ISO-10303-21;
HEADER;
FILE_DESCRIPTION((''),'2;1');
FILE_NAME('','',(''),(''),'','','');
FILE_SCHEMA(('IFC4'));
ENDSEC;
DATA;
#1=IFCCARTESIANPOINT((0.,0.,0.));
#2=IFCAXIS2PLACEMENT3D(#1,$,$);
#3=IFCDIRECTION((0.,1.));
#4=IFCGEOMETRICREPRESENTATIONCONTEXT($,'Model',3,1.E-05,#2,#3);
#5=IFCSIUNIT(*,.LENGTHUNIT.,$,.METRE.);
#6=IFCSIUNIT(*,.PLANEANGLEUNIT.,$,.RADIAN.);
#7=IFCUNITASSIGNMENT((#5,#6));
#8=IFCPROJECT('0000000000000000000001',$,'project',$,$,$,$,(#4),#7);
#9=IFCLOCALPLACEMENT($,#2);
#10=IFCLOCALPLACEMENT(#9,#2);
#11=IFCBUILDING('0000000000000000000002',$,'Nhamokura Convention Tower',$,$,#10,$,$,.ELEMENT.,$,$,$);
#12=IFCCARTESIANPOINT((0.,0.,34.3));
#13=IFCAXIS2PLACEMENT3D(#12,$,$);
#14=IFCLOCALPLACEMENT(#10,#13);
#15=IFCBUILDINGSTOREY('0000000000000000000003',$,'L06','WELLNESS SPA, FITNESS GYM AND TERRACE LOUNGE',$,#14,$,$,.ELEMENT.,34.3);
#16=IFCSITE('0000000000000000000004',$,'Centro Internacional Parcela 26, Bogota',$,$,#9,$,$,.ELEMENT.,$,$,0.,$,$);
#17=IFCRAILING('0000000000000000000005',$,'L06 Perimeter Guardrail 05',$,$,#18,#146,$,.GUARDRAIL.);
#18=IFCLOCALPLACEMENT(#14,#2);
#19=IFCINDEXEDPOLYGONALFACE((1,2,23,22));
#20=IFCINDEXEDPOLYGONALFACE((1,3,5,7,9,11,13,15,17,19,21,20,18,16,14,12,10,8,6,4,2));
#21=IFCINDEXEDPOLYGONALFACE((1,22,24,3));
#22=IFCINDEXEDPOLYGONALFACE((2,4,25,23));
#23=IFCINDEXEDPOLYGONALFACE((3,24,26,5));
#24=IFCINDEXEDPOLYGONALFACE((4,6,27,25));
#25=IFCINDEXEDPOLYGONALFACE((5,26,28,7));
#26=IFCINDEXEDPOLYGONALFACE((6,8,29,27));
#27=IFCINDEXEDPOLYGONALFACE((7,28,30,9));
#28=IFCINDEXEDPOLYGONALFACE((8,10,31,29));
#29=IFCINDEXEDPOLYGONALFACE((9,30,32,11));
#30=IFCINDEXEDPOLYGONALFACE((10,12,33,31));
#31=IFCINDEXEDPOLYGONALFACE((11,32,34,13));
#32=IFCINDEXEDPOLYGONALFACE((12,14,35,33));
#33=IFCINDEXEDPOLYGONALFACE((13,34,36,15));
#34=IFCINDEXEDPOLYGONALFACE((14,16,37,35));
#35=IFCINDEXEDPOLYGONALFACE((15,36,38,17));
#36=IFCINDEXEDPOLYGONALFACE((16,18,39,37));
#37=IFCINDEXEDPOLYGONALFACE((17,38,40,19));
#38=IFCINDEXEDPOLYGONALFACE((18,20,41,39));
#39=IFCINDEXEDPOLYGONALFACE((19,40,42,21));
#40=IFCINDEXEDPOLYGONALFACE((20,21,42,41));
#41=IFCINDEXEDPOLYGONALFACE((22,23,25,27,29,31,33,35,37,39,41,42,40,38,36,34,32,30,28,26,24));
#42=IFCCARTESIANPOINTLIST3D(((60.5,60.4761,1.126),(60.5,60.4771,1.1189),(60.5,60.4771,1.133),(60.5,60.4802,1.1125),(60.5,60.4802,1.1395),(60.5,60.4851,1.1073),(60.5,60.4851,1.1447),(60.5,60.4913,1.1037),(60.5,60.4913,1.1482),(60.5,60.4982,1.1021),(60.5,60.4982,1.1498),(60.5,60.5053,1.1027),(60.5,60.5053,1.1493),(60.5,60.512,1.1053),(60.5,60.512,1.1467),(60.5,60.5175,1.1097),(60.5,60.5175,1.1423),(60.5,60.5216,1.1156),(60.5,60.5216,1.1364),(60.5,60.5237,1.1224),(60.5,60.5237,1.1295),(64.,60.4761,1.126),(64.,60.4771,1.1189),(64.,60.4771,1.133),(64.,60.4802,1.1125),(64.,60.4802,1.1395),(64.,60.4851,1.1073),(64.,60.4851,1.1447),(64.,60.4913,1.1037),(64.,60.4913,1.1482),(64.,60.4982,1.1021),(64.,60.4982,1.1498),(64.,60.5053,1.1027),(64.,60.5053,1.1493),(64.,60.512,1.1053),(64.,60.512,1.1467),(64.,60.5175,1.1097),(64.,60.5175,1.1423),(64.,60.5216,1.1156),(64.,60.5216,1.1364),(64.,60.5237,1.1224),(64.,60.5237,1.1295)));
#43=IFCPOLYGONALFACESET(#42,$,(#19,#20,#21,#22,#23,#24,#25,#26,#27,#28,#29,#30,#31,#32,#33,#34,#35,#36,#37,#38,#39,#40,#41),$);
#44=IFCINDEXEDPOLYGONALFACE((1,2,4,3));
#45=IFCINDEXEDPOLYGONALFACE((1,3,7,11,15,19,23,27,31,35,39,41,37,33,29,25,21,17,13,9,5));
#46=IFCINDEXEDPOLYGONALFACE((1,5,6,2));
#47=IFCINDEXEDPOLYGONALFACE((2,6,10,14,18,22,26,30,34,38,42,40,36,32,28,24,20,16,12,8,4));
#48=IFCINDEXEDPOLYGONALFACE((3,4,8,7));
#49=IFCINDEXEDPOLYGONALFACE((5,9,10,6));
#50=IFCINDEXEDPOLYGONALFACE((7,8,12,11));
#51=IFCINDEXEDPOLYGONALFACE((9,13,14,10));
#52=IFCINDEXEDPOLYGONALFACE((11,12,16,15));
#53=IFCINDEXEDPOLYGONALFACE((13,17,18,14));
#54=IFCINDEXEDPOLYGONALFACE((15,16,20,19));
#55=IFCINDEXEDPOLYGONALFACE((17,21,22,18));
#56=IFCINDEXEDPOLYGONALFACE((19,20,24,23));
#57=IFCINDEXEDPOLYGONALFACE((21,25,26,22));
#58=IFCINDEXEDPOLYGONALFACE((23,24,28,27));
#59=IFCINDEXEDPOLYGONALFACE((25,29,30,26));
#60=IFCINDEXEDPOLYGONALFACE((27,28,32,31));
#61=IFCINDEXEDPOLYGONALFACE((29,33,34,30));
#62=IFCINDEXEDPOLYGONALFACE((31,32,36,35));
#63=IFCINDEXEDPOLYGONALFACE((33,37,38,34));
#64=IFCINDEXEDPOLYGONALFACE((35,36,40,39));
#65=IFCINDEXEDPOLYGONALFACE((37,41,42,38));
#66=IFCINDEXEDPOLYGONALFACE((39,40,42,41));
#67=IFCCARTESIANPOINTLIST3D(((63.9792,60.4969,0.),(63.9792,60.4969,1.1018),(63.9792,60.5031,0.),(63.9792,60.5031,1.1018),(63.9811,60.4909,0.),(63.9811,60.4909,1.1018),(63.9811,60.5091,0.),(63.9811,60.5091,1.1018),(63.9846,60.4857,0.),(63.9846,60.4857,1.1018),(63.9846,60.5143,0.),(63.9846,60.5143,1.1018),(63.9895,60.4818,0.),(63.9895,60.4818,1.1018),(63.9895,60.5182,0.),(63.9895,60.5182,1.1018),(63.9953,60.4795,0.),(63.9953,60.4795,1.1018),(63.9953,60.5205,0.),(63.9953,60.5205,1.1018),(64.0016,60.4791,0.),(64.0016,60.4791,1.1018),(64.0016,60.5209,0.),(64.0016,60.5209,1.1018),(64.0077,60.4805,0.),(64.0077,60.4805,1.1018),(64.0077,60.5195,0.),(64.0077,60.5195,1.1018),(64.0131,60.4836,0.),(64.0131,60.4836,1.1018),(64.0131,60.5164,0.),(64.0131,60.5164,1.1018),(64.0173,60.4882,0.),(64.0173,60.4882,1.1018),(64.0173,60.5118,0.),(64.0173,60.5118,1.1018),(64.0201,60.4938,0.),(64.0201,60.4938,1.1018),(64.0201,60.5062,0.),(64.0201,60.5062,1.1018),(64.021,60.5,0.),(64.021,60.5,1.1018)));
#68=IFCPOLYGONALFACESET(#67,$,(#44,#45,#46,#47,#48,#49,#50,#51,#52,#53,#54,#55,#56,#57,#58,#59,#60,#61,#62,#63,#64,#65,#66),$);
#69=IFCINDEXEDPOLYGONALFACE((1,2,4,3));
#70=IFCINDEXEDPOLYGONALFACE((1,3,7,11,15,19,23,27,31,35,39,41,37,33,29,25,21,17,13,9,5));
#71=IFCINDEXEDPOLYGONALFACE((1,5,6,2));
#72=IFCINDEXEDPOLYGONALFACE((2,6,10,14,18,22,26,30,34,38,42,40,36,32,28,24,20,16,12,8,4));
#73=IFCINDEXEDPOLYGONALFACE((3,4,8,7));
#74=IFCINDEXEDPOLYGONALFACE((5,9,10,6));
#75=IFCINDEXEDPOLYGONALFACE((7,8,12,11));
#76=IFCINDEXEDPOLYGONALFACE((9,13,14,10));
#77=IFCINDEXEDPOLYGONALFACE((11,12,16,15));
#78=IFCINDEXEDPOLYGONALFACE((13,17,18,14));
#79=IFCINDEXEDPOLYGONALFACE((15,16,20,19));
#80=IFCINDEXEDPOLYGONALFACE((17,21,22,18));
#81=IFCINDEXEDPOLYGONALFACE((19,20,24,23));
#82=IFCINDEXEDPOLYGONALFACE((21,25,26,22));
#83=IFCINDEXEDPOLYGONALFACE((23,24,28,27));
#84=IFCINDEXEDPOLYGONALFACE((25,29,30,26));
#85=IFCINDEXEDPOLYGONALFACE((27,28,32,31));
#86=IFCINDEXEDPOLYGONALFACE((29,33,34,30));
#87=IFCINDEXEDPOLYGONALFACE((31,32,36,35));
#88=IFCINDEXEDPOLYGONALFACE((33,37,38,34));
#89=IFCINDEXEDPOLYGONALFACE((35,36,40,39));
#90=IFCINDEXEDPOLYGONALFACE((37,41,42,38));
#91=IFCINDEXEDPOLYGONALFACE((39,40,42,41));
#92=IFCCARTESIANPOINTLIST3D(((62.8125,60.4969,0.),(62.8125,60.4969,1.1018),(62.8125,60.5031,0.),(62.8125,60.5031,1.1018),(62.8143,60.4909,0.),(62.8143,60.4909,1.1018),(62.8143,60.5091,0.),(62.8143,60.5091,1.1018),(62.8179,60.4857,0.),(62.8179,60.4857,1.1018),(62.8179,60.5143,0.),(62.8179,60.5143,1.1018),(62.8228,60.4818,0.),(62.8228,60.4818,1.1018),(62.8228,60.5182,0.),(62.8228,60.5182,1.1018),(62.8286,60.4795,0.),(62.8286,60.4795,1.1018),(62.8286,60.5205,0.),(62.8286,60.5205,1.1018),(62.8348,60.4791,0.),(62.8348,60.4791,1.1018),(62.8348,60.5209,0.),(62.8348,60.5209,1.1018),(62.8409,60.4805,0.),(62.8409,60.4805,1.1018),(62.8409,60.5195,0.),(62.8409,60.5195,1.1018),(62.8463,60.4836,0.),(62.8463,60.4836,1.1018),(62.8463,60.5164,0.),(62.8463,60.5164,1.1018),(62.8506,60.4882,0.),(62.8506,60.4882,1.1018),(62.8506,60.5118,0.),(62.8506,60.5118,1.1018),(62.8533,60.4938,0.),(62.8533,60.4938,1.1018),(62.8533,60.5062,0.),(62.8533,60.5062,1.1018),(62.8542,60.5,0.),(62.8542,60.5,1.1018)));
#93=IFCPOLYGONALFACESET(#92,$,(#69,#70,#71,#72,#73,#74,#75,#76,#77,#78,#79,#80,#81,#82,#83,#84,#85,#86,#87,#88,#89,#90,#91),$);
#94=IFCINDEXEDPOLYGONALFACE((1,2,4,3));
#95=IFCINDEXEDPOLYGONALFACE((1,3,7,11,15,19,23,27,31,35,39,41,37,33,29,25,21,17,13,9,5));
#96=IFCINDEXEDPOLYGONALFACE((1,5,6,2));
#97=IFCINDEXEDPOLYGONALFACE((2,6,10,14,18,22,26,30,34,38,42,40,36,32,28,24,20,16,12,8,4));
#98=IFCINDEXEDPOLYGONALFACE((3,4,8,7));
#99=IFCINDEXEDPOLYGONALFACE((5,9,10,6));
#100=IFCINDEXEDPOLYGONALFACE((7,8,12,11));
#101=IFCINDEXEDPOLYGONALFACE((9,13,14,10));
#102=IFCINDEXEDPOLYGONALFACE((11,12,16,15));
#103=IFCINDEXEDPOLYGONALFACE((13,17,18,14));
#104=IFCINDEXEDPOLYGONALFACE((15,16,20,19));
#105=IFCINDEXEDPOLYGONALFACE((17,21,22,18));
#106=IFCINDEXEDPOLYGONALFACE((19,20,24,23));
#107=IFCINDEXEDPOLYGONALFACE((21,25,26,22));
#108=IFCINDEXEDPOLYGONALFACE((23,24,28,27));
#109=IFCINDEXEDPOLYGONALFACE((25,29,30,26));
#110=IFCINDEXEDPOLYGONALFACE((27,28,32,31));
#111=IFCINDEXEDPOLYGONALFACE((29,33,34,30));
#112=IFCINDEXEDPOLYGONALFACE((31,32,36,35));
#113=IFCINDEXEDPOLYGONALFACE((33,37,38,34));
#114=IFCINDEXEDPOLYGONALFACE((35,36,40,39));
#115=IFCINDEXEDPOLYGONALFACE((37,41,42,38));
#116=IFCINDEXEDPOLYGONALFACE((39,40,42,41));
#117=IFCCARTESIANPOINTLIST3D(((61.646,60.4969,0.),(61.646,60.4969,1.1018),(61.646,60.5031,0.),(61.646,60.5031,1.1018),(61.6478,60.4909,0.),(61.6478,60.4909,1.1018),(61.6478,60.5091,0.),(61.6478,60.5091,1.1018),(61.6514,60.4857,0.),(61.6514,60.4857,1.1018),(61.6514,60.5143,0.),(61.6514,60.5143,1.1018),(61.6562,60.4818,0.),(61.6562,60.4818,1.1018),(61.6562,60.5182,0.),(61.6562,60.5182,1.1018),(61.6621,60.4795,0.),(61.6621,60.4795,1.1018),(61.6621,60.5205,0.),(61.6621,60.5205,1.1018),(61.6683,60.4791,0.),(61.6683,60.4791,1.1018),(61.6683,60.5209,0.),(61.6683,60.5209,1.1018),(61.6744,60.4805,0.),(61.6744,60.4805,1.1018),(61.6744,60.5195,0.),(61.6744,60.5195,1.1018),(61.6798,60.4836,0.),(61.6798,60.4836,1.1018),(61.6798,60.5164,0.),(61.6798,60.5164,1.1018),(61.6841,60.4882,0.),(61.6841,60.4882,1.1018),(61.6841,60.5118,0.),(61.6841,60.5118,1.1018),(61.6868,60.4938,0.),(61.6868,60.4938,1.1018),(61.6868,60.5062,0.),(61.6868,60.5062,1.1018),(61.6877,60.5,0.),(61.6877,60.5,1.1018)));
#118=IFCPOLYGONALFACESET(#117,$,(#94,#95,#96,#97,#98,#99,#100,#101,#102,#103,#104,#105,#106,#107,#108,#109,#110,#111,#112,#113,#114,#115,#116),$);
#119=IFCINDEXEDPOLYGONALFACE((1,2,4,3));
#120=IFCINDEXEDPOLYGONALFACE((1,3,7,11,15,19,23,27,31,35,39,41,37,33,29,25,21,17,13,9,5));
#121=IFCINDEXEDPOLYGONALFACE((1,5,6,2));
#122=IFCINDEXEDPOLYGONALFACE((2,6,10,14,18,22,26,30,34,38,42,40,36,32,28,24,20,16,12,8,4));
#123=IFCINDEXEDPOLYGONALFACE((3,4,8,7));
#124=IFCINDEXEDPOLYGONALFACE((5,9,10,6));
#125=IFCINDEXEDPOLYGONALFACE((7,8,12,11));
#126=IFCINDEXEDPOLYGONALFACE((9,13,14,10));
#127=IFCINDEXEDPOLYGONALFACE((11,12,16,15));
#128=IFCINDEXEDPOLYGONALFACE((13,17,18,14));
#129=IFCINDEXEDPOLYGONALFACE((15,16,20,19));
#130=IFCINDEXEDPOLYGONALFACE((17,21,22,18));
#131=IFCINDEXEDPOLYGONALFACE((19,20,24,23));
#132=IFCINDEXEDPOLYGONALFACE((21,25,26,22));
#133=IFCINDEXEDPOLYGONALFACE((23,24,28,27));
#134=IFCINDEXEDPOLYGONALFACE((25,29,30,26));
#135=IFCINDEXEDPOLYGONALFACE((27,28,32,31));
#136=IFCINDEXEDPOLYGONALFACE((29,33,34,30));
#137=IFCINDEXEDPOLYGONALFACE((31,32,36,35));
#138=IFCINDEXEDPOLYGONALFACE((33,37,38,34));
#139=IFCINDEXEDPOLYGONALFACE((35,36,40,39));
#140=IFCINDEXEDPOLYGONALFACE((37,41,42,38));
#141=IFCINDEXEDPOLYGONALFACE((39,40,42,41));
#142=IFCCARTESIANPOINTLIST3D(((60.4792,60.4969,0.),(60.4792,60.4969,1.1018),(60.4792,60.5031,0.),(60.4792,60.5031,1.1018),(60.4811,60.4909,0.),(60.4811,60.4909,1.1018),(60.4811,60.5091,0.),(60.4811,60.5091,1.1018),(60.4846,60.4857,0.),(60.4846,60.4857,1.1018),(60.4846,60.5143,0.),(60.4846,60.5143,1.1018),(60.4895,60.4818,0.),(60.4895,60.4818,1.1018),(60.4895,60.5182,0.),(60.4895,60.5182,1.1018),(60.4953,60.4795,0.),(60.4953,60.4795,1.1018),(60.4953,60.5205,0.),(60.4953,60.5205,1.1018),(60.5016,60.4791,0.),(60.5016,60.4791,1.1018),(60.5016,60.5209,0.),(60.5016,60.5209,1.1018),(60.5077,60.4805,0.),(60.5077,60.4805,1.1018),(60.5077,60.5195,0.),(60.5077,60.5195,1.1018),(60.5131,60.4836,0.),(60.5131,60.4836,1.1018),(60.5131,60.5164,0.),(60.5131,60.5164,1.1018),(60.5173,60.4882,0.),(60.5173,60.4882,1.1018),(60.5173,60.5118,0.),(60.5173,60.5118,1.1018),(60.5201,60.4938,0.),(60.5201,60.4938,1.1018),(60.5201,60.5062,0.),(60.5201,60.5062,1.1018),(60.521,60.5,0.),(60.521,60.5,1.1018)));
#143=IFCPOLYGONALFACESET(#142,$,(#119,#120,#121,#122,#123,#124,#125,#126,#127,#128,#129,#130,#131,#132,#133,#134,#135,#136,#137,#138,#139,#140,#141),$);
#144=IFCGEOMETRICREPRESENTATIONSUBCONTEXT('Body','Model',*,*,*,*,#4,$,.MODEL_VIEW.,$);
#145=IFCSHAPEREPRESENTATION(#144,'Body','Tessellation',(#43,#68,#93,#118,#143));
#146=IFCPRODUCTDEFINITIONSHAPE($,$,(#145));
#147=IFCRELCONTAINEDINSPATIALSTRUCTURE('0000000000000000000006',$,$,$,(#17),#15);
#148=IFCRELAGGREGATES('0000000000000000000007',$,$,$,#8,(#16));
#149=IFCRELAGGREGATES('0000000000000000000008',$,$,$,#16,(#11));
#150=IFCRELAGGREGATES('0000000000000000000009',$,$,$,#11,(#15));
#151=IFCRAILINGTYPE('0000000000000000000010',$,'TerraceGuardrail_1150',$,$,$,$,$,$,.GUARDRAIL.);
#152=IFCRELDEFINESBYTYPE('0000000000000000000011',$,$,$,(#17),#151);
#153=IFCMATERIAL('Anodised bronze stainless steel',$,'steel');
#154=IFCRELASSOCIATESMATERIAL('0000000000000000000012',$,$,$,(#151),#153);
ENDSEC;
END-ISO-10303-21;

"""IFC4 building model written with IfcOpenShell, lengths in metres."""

from ifc_helpers import new_model, si_unit, direction, frame, origin, origin_2d, place, context, subcontext, project, spatial, circle, extrude, material, type_object, element, save


model = new_model("IFC4")

# Units and contexts
model_context = context("Model", 3, precision=1e-05, world=origin(), true_north=direction((0.0, 1.0)))
body_context = subcontext(model_context, "Body", "Model", "MODEL_VIEW")
ifc_project = project(units=[si_unit("LENGTHUNIT", "METRE"), si_unit("PLANEANGLEUNIT", "RADIAN")], contexts=[model_context])

# Site, building, storey
site_placement = place(None, origin())
site = spatial("IfcSite", under=ifc_project, at=site_placement, Name="Centro Internacional Parcela 26, Bogota", CompositionType="ELEMENT", RefElevation=0.0)
building_placement = place(site_placement, origin())
building = spatial("IfcBuilding", under=site, at=building_placement, Name="Nhamokura Convention Tower", CompositionType="ELEMENT")
storey_placement = place(building_placement, frame((0.0, 0.0, 34.3)))
storey = spatial("IfcBuildingStorey", under=building, at=storey_placement, Name="L06", Description="WELLNESS SPA, FITNESS GYM AND TERRACE LOUNGE", CompositionType="ELEMENT", Elevation=34.3)

# Railing
ifc_material_1 = material(Name="Anodised bronze stainless steel", Category="steel")
railing_type = type_object("IfcRailingType", Name="TerraceGuardrail_1150", PredefinedType="GUARDRAIL", material=ifc_material_1)
railing_1_placement = place(storey_placement, frame((64.0, 60.5, 0.0)))
element("IfcRailing", 1, at=railing_1_placement, inside=storey, type_object=railing_type, Name="L06 Perimeter Guardrail 05", PredefinedType="GUARDRAIL", context=body_context, shape_type="SweptSolid", body=[
    extrude(circle(Radius=0.0239, at=origin_2d()), frame((0.0, 0.0, 1.126), z_axis=(-1.0, 0.0, 0.0), x_axis=(0.0, -1.0, 0.0)), (0.0, 0.0, 1.0), 3.5),
    extrude(circle(Radius=0.021, at=origin_2d()), origin(), (0.0, 0.0, 1.0), 1.1018),
    extrude(circle(Radius=0.021, at=origin_2d()), frame((-1.1667, 0.0, 0.0)), (0.0, 0.0, 1.0), 1.1018),
    extrude(circle(Radius=0.021, at=origin_2d()), frame((-2.3333, 0.0, 0.0)), (0.0, 0.0, 1.0), 1.1018),
    extrude(circle(Radius=0.021, at=origin_2d()), frame((-3.5, 0.0, 0.0)), (0.0, 0.0, 1.0), 1.1018),
])

save(model, "model.ifc")
